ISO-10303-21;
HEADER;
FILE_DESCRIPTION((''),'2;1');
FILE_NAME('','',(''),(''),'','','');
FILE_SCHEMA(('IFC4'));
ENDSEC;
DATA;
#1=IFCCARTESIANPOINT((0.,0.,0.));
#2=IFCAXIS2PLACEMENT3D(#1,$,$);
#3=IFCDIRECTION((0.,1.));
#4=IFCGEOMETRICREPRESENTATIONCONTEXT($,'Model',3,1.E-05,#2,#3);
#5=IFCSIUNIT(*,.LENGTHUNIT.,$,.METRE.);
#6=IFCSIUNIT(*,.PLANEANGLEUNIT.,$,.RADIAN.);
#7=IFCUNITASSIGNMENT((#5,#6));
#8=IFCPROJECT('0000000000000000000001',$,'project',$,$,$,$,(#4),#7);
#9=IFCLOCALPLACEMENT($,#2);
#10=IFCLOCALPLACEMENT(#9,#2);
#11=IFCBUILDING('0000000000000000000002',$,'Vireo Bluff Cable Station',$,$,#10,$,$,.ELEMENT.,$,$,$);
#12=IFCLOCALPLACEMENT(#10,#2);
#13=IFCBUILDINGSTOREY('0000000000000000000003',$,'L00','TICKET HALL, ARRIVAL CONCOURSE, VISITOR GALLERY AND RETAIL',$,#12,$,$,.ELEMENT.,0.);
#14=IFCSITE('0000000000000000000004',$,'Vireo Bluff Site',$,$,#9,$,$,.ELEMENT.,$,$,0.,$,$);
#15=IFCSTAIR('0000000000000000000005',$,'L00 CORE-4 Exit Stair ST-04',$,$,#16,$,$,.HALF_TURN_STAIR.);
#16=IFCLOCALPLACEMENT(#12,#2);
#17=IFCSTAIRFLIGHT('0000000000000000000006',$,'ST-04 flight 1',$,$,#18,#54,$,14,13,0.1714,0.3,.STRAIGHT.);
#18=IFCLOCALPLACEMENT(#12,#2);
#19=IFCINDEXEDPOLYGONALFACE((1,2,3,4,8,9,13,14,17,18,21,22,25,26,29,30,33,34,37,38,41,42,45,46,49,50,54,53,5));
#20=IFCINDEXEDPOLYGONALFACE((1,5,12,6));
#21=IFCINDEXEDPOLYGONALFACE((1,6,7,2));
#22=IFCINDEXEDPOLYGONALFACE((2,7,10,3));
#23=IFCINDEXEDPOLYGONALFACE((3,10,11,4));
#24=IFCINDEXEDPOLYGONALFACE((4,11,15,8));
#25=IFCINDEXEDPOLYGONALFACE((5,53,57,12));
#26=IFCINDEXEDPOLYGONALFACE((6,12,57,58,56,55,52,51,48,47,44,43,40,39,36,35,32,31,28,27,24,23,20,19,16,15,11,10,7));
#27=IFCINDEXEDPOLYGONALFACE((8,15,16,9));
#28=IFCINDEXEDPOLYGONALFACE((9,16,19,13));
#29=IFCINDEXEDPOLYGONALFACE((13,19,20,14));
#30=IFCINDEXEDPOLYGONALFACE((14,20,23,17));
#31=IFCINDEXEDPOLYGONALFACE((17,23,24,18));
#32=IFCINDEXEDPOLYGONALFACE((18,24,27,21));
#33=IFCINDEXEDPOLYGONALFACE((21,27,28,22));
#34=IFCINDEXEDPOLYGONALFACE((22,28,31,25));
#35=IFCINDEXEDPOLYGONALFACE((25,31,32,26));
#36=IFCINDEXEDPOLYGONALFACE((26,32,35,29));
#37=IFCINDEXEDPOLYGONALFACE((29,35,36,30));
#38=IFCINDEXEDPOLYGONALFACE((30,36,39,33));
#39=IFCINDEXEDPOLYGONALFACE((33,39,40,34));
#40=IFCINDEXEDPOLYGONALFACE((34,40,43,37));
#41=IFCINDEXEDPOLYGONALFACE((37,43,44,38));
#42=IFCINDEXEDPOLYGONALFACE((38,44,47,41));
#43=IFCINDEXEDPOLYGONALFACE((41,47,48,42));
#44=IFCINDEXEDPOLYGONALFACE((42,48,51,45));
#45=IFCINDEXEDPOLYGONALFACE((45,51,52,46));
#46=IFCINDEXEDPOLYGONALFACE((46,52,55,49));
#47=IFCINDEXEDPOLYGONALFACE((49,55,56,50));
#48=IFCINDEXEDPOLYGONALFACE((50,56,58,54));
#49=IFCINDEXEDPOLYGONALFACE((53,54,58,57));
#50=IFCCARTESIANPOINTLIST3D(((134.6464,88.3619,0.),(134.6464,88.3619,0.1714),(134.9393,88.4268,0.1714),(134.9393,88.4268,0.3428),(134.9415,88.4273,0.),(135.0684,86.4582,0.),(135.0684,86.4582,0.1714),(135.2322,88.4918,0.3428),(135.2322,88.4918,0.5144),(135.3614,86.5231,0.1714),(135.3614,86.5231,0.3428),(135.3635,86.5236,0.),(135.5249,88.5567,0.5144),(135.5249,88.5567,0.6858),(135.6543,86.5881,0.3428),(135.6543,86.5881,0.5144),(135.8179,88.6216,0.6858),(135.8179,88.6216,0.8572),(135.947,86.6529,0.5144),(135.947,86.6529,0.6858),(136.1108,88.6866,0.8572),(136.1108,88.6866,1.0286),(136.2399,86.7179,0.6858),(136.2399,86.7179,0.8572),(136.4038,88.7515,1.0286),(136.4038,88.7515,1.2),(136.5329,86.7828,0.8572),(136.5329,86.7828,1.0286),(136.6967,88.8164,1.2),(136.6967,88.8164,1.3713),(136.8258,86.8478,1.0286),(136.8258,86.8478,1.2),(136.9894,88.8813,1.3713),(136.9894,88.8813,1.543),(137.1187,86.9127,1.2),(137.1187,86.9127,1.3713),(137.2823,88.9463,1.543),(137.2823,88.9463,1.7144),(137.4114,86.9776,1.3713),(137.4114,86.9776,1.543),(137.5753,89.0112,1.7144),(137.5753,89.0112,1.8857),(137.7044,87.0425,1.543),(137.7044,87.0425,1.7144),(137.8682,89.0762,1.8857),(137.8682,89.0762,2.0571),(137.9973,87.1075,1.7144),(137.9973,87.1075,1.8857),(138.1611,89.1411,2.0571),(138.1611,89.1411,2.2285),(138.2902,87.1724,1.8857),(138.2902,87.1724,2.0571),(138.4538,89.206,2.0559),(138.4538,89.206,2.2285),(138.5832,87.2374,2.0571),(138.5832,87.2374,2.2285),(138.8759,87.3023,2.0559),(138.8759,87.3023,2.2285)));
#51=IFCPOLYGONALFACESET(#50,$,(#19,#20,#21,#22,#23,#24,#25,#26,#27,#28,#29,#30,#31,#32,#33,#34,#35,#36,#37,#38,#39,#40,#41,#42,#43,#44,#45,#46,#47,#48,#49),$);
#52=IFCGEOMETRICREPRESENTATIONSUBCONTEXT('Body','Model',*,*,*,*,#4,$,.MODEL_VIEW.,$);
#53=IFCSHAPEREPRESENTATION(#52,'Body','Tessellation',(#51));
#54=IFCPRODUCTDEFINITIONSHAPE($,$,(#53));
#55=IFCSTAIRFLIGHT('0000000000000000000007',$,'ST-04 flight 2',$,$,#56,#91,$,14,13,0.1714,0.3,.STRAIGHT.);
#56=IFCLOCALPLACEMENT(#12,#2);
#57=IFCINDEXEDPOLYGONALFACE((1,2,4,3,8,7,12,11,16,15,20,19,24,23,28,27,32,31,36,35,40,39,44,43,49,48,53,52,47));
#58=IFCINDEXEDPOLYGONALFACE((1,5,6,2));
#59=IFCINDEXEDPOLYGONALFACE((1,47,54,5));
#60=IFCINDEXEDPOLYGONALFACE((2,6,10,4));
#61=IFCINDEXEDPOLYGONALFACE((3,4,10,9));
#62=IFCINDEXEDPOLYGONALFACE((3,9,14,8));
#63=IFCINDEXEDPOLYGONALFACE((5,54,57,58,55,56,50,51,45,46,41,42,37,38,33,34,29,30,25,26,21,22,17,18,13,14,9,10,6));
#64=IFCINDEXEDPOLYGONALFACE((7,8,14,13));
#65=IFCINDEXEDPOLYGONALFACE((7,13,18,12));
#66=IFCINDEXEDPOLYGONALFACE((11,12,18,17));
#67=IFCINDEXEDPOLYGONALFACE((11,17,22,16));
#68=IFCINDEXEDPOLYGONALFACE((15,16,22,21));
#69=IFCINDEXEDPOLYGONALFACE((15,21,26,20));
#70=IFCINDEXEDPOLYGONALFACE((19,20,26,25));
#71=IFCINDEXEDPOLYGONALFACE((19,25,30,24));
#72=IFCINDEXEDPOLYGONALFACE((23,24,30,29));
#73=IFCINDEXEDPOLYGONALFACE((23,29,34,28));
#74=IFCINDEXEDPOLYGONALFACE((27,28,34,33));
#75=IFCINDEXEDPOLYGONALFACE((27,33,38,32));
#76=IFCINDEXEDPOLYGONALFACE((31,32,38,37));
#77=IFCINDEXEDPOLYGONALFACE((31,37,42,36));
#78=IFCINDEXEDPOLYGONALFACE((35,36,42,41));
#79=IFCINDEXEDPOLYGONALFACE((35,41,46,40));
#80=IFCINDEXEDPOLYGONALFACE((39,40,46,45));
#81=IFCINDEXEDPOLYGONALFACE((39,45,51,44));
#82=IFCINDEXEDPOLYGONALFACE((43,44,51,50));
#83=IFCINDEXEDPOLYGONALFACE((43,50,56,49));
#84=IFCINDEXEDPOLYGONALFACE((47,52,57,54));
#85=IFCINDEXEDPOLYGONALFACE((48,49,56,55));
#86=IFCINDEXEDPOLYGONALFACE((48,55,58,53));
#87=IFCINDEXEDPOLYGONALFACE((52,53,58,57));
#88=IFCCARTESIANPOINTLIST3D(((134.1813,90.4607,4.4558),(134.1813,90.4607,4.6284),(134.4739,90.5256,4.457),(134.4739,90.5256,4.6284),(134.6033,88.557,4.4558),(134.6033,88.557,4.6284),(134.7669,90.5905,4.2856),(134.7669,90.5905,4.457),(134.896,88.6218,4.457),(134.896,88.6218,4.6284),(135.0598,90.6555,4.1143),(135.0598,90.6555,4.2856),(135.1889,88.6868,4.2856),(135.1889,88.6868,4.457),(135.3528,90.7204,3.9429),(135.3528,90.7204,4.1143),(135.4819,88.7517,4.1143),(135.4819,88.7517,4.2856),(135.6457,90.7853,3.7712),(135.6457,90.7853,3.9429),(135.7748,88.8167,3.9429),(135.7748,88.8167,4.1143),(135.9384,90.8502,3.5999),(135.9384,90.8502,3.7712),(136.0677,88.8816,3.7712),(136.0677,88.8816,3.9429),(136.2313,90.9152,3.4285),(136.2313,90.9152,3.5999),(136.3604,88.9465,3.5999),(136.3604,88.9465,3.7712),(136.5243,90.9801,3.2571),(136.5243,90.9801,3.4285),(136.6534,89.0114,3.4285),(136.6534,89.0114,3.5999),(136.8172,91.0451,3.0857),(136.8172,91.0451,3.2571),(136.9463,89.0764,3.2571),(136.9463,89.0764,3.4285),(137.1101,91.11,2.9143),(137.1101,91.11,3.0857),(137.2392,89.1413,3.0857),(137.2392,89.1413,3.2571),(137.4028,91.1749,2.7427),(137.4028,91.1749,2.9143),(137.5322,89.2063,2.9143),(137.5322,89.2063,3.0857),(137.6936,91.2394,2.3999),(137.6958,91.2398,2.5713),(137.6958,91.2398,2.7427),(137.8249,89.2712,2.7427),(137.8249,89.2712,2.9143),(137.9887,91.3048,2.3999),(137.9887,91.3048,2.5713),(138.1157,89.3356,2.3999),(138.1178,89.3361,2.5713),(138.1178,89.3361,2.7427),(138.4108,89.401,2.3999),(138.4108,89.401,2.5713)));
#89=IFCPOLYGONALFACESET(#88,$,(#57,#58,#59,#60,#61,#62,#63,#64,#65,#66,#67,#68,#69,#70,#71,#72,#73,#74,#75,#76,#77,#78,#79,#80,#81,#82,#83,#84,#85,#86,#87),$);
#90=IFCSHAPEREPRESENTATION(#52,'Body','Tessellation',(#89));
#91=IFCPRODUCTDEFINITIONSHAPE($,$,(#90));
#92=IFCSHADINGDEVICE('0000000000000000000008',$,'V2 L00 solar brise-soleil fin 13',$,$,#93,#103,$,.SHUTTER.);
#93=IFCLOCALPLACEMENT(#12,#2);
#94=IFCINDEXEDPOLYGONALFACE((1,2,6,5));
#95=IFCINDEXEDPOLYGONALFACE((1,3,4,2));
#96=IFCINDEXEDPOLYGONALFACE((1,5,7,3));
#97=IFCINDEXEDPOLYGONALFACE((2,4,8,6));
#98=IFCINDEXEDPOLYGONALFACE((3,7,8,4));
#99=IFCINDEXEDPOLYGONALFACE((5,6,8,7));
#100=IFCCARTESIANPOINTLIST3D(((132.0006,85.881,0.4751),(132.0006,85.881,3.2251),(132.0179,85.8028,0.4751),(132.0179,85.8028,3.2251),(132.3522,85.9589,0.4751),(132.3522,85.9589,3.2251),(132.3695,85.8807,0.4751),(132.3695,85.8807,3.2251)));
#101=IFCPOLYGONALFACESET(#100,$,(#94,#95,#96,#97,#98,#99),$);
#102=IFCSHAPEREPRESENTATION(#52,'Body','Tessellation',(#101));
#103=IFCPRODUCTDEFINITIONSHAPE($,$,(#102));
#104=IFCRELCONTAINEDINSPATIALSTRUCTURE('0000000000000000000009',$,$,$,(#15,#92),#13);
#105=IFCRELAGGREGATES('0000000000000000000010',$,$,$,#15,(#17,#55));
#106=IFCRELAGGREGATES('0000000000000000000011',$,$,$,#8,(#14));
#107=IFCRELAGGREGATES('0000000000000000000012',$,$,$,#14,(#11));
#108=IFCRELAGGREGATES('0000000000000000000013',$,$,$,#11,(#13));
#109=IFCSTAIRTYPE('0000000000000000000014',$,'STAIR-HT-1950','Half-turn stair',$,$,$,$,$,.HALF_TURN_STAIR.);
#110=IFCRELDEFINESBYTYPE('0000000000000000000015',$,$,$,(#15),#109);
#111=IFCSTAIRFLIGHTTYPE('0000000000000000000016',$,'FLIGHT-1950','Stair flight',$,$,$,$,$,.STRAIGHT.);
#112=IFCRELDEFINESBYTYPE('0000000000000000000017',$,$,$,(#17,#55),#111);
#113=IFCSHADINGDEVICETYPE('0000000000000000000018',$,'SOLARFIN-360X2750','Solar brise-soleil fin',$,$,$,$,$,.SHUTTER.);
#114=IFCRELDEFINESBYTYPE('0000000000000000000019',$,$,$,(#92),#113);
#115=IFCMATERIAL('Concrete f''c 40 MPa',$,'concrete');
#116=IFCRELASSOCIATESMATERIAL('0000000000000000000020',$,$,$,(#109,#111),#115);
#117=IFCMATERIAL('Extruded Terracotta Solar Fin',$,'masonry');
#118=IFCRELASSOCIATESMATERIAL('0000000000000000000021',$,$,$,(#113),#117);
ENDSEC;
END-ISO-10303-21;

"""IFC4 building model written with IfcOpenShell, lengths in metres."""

from ifc_helpers import new_model, si_unit, direction, frame, origin, origin_2d, place, context, subcontext, project, spatial, polyline, rectangle, outline, extrude, material, type_object, element, aggregate, save


model = new_model("IFC4")

# Units and contexts
model_context = context("Model", 3, precision=1e-05, world=origin(), true_north=direction((0.0, 1.0)))
body_context = subcontext(model_context, "Body", "Model", "MODEL_VIEW")
ifc_project = project(units=[si_unit("LENGTHUNIT", "METRE"), si_unit("PLANEANGLEUNIT", "RADIAN")], contexts=[model_context])

# Site, building, storey
site_placement = place(None, origin())
site = spatial("IfcSite", under=ifc_project, at=site_placement, Name="Vireo Bluff Site", CompositionType="ELEMENT", RefElevation=0.0)
building_placement = place(site_placement, origin())
building = spatial("IfcBuilding", under=site, at=building_placement, Name="Vireo Bluff Cable Station", CompositionType="ELEMENT")
storey_placement = place(building_placement, origin())
storey = spatial("IfcBuildingStorey", under=building, at=storey_placement, Name="L00", Description="TICKET HALL, ARRIVAL CONCOURSE, VISITOR GALLERY AND RETAIL", CompositionType="ELEMENT", Elevation=0.0)

# Shared definitions
ifc_material_1 = material(Name="Concrete f'c 40 MPa", Category="concrete")

# Stair, stair flights
stair_type = type_object("IfcStairType", Name="STAIR-HT-1950", Description="Half-turn stair", PredefinedType="HALF_TURN_STAIR", material=ifc_material_1)
stair_placement = place(storey_placement, origin())
stair = element("IfcStair", 1, at=stair_placement, inside=storey, type_object=stair_type, Name="L00 CORE-4 Exit Stair ST-04", PredefinedType="HALF_TURN_STAIR")
stair_flight_type = type_object("IfcStairFlightType", Name="FLIGHT-1950", Description="Stair flight", PredefinedType="STRAIGHT", material=ifc_material_1)
stair_flight_1_placement = place(storey_placement, frame((134.8574, 87.4099, 0.0), z_axis=(0.0, 0.0, 1.0), x_axis=(0.976296, 0.21644, 0.0)))
stair_flight_1 = element("IfcStairFlight", 2, at=stair_flight_1_placement, type_object=stair_flight_type, Name="ST-04 flight 1", NumberOfRisers=14, NumberOfTreads=13, PredefinedType="STRAIGHT", RiserHeight=0.1714, TreadLength=0.3, context=body_context, shape_type="SweptSolid", body=[
    extrude(outline(polyline([(0.0, 0.0), (0.0, 0.1714), (0.3, 0.1714), (0.3, 0.3428), (0.6001, 0.3428), (0.6001, 0.5144), (0.8999, 0.5144), (0.8999, 0.6858), (1.2, 0.6858), (1.2, 0.8572), (1.5, 0.8572), (1.5, 1.0286), (1.8, 1.0286), (1.8, 1.2), (2.1001, 1.2), (2.1001, 1.3713), (2.3999, 1.3713), (2.3999, 1.543), (2.7, 1.543), (2.7, 1.7144), (3.0, 1.7144), (3.0, 1.8857), (3.3, 1.8857), (3.3, 2.0571), (3.6001, 2.0571), (3.6001, 2.2285), (3.8999, 2.2285), (3.8999, 2.3999), (3.8999, 2.0559), (0.3022, 0.0), (0.0, 0.0)])), frame((0.0, 0.9751, 0.0), z_axis=(0.0, -1.0, 0.0), x_axis=(1.0, 0.0, 0.0)), (0.0, 0.0, 1.0), 1.95),
])
stair_flight_2_placement = place(storey_placement, frame((138.1997, 90.353, 2.3999), z_axis=(0.0, 0.0, 1.0), x_axis=(-0.976296, -0.21644, 0.0)))
stair_flight_2 = element("IfcStairFlight", 3, at=stair_flight_2_placement, type_object=stair_flight_type, Name="ST-04 flight 2", NumberOfRisers=14, NumberOfTreads=13, PredefinedType="STRAIGHT", RiserHeight=0.1714, TreadLength=0.3, context=body_context, shape_type="SweptSolid", body=[
    extrude(outline(polyline([(0.0, 0.0), (0.0, 0.1714), (0.3, 0.1714), (0.3, 0.3428), (0.6001, 0.3428), (0.6001, 0.5144), (0.8999, 0.5144), (0.8999, 0.6858), (1.2, 0.6858), (1.2, 0.8572), (1.5, 0.8572), (1.5, 1.0286), (1.8, 1.0286), (1.8, 1.2), (2.1001, 1.2), (2.1001, 1.3713), (2.3999, 1.3713), (2.3999, 1.543), (2.7, 1.543), (2.7, 1.7144), (3.0, 1.7144), (3.0, 1.8857), (3.3, 1.8857), (3.3, 2.0571), (3.6001, 2.0571), (3.6001, 2.2285), (3.8999, 2.2285), (3.8999, 2.3999), (3.8999, 2.0559), (0.3022, 0.0), (0.0, 0.0)])), frame((0.0, 0.9751, 0.0), z_axis=(0.0, -1.0, 0.0), x_axis=(1.0, 0.0, 0.0)), (0.0, 0.0, 1.0), 1.95),
])
aggregate(stair, [stair_flight_1, stair_flight_2])

# Shading device
ifc_material_2 = material(Name="Extruded Terracotta Solar Fin", Category="masonry")
shading_device_type = type_object("IfcShadingDeviceType", Name="SOLARFIN-360X2750", Description="Solar brise-soleil fin", PredefinedType="SHUTTER", material=ifc_material_2)
shading_device_placement = place(storey_placement, frame((132.1851, 85.8809, 0.4751), z_axis=(0.0, 0.0, 1.0), x_axis=(-0.21644, 0.976296, 0.0)))
element("IfcShadingDevice", 4, at=shading_device_placement, inside=storey, type_object=shading_device_type, Name="V2 L00 solar brise-soleil fin 13", PredefinedType="SHUTTER", context=body_context, shape_type="SweptSolid", body=[
    extrude(rectangle(XDim=0.0801, YDim=0.3601, at=origin_2d()), origin(), (0.0, 0.0, 1.0), 2.75),
])

save(model, "model.ifc")
